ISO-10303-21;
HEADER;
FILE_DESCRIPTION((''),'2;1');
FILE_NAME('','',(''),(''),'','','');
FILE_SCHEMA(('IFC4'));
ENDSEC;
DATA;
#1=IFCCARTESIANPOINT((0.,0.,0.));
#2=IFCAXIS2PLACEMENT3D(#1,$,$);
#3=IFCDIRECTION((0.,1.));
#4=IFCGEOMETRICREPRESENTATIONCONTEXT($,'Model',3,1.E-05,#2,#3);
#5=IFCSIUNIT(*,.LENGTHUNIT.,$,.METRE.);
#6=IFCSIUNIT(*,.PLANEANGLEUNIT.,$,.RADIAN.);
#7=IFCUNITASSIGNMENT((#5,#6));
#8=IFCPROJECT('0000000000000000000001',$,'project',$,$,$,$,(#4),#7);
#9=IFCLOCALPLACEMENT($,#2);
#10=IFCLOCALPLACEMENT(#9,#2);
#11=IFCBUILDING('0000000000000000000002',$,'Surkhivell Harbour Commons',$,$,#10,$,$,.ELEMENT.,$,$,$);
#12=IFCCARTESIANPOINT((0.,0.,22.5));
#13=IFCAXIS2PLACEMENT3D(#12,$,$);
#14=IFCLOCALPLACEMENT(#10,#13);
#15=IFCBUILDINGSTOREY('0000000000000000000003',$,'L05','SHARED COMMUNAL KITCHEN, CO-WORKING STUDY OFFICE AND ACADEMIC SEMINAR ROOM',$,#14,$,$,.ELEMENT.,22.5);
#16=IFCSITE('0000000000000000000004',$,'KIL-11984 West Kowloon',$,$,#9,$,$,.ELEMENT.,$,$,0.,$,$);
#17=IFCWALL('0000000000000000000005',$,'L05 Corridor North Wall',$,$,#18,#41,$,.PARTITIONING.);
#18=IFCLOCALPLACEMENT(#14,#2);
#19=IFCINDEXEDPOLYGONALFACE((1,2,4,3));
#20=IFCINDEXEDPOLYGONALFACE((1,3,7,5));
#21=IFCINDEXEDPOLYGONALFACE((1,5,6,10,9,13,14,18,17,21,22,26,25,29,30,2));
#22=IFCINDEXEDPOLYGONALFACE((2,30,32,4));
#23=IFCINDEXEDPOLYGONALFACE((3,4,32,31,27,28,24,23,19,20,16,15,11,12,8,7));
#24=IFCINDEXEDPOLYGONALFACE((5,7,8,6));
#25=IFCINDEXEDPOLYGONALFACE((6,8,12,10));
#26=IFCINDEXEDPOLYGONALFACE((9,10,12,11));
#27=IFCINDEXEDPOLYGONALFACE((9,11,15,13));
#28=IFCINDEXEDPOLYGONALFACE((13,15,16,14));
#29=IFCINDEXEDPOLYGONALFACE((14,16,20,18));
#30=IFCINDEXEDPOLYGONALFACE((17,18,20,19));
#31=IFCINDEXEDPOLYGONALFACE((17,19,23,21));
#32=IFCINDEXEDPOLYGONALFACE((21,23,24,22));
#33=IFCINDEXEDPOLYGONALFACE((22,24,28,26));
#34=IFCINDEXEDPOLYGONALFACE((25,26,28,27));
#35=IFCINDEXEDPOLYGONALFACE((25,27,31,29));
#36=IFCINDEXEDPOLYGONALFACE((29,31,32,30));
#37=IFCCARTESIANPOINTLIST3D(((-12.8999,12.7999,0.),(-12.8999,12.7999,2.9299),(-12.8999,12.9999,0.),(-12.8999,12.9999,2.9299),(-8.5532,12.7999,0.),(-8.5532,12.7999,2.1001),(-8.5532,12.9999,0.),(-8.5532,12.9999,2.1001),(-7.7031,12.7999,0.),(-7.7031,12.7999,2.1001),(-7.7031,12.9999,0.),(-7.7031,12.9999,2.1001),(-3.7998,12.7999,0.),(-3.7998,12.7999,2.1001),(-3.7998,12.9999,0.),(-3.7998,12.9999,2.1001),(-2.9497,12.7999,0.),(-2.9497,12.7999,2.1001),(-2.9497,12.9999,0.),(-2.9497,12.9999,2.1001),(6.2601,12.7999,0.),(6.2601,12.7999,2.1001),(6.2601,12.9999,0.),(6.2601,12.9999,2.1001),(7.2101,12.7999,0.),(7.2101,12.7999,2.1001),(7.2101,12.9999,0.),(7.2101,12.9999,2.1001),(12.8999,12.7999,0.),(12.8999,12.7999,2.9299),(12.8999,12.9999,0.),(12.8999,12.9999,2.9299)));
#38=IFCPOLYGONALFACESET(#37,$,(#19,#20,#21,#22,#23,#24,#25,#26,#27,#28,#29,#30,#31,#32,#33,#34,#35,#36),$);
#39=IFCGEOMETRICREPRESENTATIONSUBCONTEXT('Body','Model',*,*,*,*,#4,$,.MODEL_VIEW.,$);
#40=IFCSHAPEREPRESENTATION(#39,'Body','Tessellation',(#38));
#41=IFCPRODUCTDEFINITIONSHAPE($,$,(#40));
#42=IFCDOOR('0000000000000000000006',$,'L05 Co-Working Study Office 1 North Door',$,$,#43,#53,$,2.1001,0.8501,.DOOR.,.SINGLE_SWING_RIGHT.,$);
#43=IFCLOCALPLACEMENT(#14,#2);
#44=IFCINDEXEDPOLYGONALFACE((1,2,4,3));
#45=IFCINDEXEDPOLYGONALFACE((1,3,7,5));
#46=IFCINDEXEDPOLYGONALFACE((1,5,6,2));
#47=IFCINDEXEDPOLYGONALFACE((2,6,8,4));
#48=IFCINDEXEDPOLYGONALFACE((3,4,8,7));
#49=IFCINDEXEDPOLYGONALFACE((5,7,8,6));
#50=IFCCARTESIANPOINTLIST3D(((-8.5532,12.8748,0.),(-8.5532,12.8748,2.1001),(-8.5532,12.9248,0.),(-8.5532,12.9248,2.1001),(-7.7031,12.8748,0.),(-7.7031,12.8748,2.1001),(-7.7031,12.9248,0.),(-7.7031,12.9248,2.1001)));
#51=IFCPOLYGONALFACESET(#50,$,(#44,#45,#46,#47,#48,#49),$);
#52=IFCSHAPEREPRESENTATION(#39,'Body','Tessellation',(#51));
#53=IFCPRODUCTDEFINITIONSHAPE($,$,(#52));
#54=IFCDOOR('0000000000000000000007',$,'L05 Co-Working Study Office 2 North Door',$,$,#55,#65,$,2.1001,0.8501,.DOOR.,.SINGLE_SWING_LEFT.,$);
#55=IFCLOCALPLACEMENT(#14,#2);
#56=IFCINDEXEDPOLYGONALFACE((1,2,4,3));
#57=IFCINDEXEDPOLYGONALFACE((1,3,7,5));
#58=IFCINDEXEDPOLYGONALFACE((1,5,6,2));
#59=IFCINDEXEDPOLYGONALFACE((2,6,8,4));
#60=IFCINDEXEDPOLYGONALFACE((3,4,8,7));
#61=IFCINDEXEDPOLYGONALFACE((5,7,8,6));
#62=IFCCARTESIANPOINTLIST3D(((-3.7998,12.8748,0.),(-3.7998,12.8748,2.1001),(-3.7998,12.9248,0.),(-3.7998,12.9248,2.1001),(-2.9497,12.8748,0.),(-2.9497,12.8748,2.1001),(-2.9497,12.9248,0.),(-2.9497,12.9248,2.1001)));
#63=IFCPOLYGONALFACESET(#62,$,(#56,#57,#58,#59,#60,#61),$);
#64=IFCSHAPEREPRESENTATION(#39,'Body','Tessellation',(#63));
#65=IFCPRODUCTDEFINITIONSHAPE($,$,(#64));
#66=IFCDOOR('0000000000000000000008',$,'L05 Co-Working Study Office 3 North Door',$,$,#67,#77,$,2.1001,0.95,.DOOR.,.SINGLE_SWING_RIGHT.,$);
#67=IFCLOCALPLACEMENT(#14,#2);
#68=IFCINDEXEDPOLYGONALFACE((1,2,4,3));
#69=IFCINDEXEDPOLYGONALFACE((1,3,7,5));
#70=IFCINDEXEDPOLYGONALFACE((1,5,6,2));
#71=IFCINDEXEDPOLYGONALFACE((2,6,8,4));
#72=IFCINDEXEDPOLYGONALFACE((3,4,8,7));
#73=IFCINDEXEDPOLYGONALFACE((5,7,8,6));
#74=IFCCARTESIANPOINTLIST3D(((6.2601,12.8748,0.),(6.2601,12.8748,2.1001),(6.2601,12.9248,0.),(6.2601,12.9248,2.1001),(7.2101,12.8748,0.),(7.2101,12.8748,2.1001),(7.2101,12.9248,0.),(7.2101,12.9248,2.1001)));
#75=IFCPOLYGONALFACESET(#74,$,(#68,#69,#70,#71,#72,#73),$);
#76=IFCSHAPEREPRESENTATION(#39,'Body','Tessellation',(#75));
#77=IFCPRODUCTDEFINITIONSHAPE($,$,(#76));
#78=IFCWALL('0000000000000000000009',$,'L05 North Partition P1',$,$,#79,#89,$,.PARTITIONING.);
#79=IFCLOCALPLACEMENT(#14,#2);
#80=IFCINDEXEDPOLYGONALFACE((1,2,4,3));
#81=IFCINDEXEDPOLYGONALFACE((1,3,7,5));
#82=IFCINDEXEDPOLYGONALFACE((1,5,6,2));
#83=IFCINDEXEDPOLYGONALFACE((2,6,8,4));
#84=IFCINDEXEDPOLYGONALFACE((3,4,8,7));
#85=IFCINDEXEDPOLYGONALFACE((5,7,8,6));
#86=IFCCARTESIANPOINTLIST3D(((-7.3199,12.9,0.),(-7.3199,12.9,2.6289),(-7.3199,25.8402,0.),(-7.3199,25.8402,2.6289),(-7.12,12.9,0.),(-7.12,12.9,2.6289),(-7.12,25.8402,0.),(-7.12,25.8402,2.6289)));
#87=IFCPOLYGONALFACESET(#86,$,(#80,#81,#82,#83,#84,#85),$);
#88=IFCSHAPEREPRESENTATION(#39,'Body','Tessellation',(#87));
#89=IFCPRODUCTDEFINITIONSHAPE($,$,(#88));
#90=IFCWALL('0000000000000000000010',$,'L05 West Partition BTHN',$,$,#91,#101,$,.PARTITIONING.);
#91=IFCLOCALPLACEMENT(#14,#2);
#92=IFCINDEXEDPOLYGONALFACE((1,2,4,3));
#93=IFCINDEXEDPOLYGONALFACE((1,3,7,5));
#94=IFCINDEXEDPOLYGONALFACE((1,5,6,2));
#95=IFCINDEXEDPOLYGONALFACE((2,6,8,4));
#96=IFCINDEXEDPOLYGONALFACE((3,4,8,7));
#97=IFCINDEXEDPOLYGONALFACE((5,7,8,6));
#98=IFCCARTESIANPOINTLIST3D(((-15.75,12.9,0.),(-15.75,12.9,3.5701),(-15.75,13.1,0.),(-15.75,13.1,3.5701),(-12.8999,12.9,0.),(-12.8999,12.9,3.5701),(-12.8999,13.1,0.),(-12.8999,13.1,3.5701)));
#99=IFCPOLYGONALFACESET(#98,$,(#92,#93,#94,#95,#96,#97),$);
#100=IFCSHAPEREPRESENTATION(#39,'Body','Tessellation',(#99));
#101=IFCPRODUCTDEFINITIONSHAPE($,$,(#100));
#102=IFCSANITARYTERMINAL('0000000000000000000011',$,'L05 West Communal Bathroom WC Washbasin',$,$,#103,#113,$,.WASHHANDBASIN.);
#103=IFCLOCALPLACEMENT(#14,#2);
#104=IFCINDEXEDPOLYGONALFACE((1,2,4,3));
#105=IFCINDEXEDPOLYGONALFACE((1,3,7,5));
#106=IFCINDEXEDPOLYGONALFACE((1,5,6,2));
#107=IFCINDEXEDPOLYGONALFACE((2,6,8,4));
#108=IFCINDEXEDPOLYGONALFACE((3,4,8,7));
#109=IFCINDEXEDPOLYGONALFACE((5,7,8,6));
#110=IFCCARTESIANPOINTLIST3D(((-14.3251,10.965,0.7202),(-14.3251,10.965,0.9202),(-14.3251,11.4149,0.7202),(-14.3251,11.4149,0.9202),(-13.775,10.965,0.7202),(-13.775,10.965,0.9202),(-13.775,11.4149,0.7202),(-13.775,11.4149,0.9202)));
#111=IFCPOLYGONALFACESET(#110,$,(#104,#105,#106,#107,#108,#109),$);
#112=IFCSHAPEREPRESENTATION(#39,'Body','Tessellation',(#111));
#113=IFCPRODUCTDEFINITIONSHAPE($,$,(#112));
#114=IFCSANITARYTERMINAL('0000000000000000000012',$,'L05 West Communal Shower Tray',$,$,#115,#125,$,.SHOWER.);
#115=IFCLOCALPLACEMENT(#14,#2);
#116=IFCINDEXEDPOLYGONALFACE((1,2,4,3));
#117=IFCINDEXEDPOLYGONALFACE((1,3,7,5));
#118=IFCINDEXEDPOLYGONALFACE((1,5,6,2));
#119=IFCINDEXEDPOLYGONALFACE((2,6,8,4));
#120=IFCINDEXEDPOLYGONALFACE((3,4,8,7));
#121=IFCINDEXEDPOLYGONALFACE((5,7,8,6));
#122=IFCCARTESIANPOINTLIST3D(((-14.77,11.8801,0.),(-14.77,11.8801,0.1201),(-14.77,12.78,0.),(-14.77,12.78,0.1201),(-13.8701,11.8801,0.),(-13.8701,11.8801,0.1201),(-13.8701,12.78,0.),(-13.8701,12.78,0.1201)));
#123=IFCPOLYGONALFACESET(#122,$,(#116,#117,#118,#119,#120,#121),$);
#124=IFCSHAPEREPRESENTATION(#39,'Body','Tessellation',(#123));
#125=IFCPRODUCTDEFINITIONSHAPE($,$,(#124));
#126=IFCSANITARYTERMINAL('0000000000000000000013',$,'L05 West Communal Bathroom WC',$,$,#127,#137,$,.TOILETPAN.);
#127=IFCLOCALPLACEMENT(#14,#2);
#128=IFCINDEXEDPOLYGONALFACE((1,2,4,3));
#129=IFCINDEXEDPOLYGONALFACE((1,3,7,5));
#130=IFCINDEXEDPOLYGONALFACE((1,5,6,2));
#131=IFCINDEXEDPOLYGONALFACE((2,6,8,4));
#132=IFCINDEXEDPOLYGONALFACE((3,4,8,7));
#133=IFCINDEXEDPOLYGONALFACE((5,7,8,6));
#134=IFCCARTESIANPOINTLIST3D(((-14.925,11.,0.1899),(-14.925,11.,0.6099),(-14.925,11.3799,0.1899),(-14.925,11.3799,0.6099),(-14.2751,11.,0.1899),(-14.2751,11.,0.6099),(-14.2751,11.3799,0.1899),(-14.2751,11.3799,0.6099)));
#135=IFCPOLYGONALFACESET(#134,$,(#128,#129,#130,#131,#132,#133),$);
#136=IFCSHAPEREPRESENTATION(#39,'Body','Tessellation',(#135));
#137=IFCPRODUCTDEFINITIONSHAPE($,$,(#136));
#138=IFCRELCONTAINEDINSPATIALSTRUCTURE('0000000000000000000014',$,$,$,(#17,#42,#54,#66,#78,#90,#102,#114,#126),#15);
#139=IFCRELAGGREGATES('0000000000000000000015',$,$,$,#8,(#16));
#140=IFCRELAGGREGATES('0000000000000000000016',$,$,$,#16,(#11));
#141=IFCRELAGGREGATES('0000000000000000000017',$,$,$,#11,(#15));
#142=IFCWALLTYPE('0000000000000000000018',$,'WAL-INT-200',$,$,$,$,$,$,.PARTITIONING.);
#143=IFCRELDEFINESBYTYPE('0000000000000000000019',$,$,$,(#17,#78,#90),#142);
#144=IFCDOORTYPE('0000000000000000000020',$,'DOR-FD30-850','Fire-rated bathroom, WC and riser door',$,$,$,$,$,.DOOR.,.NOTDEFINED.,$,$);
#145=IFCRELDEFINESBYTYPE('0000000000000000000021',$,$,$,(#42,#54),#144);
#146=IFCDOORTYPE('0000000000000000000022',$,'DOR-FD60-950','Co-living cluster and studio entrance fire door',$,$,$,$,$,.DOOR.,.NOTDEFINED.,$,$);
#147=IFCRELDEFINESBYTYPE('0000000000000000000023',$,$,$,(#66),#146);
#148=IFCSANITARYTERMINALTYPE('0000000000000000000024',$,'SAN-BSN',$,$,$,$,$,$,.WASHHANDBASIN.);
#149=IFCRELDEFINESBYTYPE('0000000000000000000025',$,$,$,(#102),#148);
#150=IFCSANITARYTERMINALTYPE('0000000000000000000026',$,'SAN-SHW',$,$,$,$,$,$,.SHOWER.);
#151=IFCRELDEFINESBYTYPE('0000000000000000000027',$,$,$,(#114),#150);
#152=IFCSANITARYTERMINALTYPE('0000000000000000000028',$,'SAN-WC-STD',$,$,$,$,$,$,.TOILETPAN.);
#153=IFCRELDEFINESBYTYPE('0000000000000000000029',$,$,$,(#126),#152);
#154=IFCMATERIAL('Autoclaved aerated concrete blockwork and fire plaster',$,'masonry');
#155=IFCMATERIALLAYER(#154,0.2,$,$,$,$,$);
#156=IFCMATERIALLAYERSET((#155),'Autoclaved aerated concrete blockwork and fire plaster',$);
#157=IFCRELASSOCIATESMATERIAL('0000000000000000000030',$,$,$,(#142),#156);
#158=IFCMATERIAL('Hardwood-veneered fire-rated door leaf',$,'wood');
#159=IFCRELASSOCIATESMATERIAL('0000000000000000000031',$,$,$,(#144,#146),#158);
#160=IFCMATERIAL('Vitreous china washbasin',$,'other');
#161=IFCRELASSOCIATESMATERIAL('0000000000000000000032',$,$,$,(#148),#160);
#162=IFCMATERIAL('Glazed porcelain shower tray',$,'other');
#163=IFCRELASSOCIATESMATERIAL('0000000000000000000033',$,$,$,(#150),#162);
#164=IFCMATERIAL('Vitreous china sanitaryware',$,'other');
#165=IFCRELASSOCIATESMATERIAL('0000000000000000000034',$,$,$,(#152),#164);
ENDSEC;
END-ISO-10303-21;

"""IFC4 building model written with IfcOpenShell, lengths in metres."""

from ifc_helpers import new_model, si_unit, direction, frame, frame_2d, origin, origin_2d, place, context, subcontext, project, spatial, rectangle, extrude, material, layer, layer_set, type_object, element, fill, save


model = new_model("IFC4")

# Units and contexts
model_context = context("Model", 3, precision=1e-05, world=origin(), true_north=direction((0.0, 1.0)))
body_context = subcontext(model_context, "Body", "Model", "MODEL_VIEW")
ifc_project = project(units=[si_unit("LENGTHUNIT", "METRE"), si_unit("PLANEANGLEUNIT", "RADIAN")], contexts=[model_context])

# Site, building, storey
site_placement = place(None, origin())
site = spatial("IfcSite", under=ifc_project, at=site_placement, Name="KIL-11984 West Kowloon", CompositionType="ELEMENT", RefElevation=0.0)
building_placement = place(site_placement, origin())
building = spatial("IfcBuilding", under=site, at=building_placement, Name="Surkhivell Harbour Commons", CompositionType="ELEMENT")
storey_placement = place(building_placement, frame((0.0, 0.0, 22.5)))
storey = spatial("IfcBuildingStorey", under=building, at=storey_placement, Name="L05", Description="SHARED COMMUNAL KITCHEN, CO-WORKING STUDY OFFICE AND ACADEMIC SEMINAR ROOM", CompositionType="ELEMENT", Elevation=22.5)

# Shared definitions
ifc_material_1 = material(Name="Hardwood-veneered fire-rated door leaf", Category="wood")

# Shared definitions
ifc_material_2 = material(Name="Autoclaved aerated concrete blockwork and fire plaster", Category="masonry")
ifc_layer_1 = layer(ifc_material_2, 0.2)
ifc_layer_set_1 = layer_set([ifc_layer_1], Name="Autoclaved aerated concrete blockwork and fire plaster")
wall_type_1 = type_object("IfcWallType", Name="WAL-INT-200", PredefinedType="PARTITIONING", material=ifc_layer_set_1)

# Wall, openings, doors
wall_1_placement = place(storey_placement, frame((-12.8999, 12.8999, 0.0), z_axis=(0.0, 0.0, 1.0), x_axis=(1.0, 0.0, 0.0)))
wall_1 = element("IfcWall", 1, at=wall_1_placement, inside=storey, type_object=wall_type_1, Name="L05 Corridor North Wall", PredefinedType="PARTITIONING", context=body_context, shape_type="SweptSolid", body=[
    extrude(rectangle(XDim=25.7998, YDim=0.2, at=frame_2d((12.8999, 0.0))), origin(), (0.0, 0.0, 1.0), 2.9299),
])
opening_1_placement = place(wall_1_placement, frame((4.3467, 0.0, 0.0)))
opening_1 = element("IfcOpeningElement", 2, at=opening_1_placement, cuts=wall_1, PredefinedType="OPENING", context=body_context, shape_type="SweptSolid", body=[
    extrude(rectangle(XDim=0.8501, YDim=2.1001, at=frame_2d((0.425, 1.05))), frame((0.0, 0.1099, 0.0), z_axis=(0.0, -1.0, 0.0), x_axis=(1.0, 0.0, 0.0)), (0.0, 0.0, 1.0), 0.22),
])
opening_2_placement = place(wall_1_placement, frame((9.1001, 0.0, 0.0)))
opening_2 = element("IfcOpeningElement", 3, at=opening_2_placement, cuts=wall_1, PredefinedType="OPENING", context=body_context, shape_type="SweptSolid", body=[
    extrude(rectangle(XDim=0.8501, YDim=2.1001, at=frame_2d((0.425, 1.05))), frame((0.0, 0.1099, 0.0), z_axis=(0.0, -1.0, 0.0), x_axis=(1.0, 0.0, 0.0)), (0.0, 0.0, 1.0), 0.22),
])
opening_3_placement = place(wall_1_placement, frame((19.1599, 0.0, 0.0)))
opening_3 = element("IfcOpeningElement", 4, at=opening_3_placement, cuts=wall_1, PredefinedType="OPENING", context=body_context, shape_type="SweptSolid", body=[
    extrude(rectangle(XDim=0.95, YDim=2.1001, at=frame_2d((0.4751, 1.05))), frame((0.0, 0.1099, 0.0), z_axis=(0.0, -1.0, 0.0), x_axis=(1.0, 0.0, 0.0)), (0.0, 0.0, 1.0), 0.22),
])
door_type_1 = type_object("IfcDoorType", Name="DOR-FD30-850", Description="Fire-rated bathroom, WC and riser door", OperationType="NOTDEFINED", PredefinedType="DOOR", material=ifc_material_1)
door_1_placement = place(opening_1_placement, origin())
door_1 = element("IfcDoor", 5, at=door_1_placement, inside=storey, type_object=door_type_1, Name="L05 Co-Working Study Office 1 North Door", OperationType="SINGLE_SWING_RIGHT", OverallHeight=2.1001, OverallWidth=0.8501, PredefinedType="DOOR", context=body_context, shape_type="SweptSolid", body=[
    extrude(rectangle(XDim=0.8501, YDim=2.1001, at=frame_2d((0.425, 1.05))), frame((0.0, 0.0249, 0.0), z_axis=(0.0, -1.0, 0.0), x_axis=(1.0, 0.0, 0.0)), (0.0, 0.0, 1.0), 0.05),
])
fill(opening_1, door_1)
door_2_placement = place(opening_2_placement, origin())
door_2 = element("IfcDoor", 6, at=door_2_placement, inside=storey, type_object=door_type_1, Name="L05 Co-Working Study Office 2 North Door", OperationType="SINGLE_SWING_LEFT", OverallHeight=2.1001, OverallWidth=0.8501, PredefinedType="DOOR", context=body_context, shape_type="SweptSolid", body=[
    extrude(rectangle(XDim=0.8501, YDim=2.1001, at=frame_2d((0.425, 1.05))), frame((0.0, 0.0249, 0.0), z_axis=(0.0, -1.0, 0.0), x_axis=(1.0, 0.0, 0.0)), (0.0, 0.0, 1.0), 0.05),
])
fill(opening_2, door_2)
door_type_2 = type_object("IfcDoorType", Name="DOR-FD60-950", Description="Co-living cluster and studio entrance fire door", OperationType="NOTDEFINED", PredefinedType="DOOR", material=ifc_material_1)
door_3_placement = place(opening_3_placement, origin())
door_3 = element("IfcDoor", 7, at=door_3_placement, inside=storey, type_object=door_type_2, Name="L05 Co-Working Study Office 3 North Door", OperationType="SINGLE_SWING_RIGHT", OverallHeight=2.1001, OverallWidth=0.95, PredefinedType="DOOR", context=body_context, shape_type="SweptSolid", body=[
    extrude(rectangle(XDim=0.95, YDim=2.1001, at=frame_2d((0.4751, 1.05))), frame((0.0, 0.0249, 0.0), z_axis=(0.0, -1.0, 0.0), x_axis=(1.0, 0.0, 0.0)), (0.0, 0.0, 1.0), 0.05),
])
fill(opening_3, door_3)

# Walls
wall_2_placement = place(storey_placement, frame((-7.22, 12.8999, 0.0), z_axis=(0.0, 0.0, 1.0), x_axis=(0.0, 1.0, 0.0)))
element("IfcWall", 8, at=wall_2_placement, inside=storey, type_object=wall_type_1, Name="L05 North Partition P1", PredefinedType="PARTITIONING", context=body_context, shape_type="SweptSolid", body=[
    extrude(rectangle(XDim=12.9402, YDim=0.2, at=frame_2d((6.4702, 0.0))), origin(), (0.0, 0.0, 1.0), 2.6289),
])
wall_3_placement = place(storey_placement, frame((-15.75, 13.0, 0.0), z_axis=(0.0, 0.0, 1.0), x_axis=(1.0, 0.0, 0.0)))
element("IfcWall", 9, at=wall_3_placement, inside=storey, type_object=wall_type_1, Name="L05 West Partition BTHN", PredefinedType="PARTITIONING", context=body_context, shape_type="SweptSolid", body=[
    extrude(rectangle(XDim=2.8501, YDim=0.2, at=frame_2d((1.425, 0.0))), origin(), (0.0, 0.0, 1.0), 3.5701),
])

# Sanitary terminals
ifc_material_3 = material(Name="Vitreous china washbasin", Category="other")
sanitary_terminal_type_1 = type_object("IfcSanitaryTerminalType", Name="SAN-BSN", PredefinedType="WASHHANDBASIN", material=ifc_material_3)
sanitary_terminal_1_placement = place(storey_placement, frame((-14.05, 11.1899, 0.7202), z_axis=(0.0, 0.0, 1.0), x_axis=(1.0, 0.0, 0.0)))
element("IfcSanitaryTerminal", 10, at=sanitary_terminal_1_placement, inside=storey, type_object=sanitary_terminal_type_1, Name="L05 West Communal Bathroom WC Washbasin", PredefinedType="WASHHANDBASIN", context=body_context, shape_type="SweptSolid", body=[
    extrude(rectangle(XDim=0.55, YDim=0.45, at=origin_2d()), origin(), (0.0, 0.0, 1.0), 0.2),
])
ifc_material_4 = material(Name="Glazed porcelain shower tray", Category="other")
sanitary_terminal_type_2 = type_object("IfcSanitaryTerminalType", Name="SAN-SHW", PredefinedType="SHOWER", material=ifc_material_4)
sanitary_terminal_2_placement = place(storey_placement, frame((-14.3201, 12.3301, 0.0), z_axis=(0.0, 0.0, 1.0), x_axis=(1.0, 0.0, 0.0)))
element("IfcSanitaryTerminal", 11, at=sanitary_terminal_2_placement, inside=storey, type_object=sanitary_terminal_type_2, Name="L05 West Communal Shower Tray", PredefinedType="SHOWER", context=body_context, shape_type="SweptSolid", body=[
    extrude(rectangle(XDim=0.8999, YDim=0.8999, at=origin_2d()), origin(), (0.0, 0.0, 1.0), 0.1201),
])
ifc_material_5 = material(Name="Vitreous china sanitaryware", Category="other")
sanitary_terminal_type_3 = type_object("IfcSanitaryTerminalType", Name="SAN-WC-STD", PredefinedType="TOILETPAN", material=ifc_material_5)
sanitary_terminal_3_placement = place(storey_placement, frame((-14.6001, 11.1899, 0.1899), z_axis=(0.0, 0.0, 1.0), x_axis=(1.0, 0.0, 0.0)))
element("IfcSanitaryTerminal", 12, at=sanitary_terminal_3_placement, inside=storey, type_object=sanitary_terminal_type_3, Name="L05 West Communal Bathroom WC", PredefinedType="TOILETPAN", context=body_context, shape_type="SweptSolid", body=[
    extrude(rectangle(XDim=0.6499, YDim=0.3799, at=origin_2d()), origin(), (0.0, 0.0, 1.0), 0.4199),
])

save(model, "model.ifc")
